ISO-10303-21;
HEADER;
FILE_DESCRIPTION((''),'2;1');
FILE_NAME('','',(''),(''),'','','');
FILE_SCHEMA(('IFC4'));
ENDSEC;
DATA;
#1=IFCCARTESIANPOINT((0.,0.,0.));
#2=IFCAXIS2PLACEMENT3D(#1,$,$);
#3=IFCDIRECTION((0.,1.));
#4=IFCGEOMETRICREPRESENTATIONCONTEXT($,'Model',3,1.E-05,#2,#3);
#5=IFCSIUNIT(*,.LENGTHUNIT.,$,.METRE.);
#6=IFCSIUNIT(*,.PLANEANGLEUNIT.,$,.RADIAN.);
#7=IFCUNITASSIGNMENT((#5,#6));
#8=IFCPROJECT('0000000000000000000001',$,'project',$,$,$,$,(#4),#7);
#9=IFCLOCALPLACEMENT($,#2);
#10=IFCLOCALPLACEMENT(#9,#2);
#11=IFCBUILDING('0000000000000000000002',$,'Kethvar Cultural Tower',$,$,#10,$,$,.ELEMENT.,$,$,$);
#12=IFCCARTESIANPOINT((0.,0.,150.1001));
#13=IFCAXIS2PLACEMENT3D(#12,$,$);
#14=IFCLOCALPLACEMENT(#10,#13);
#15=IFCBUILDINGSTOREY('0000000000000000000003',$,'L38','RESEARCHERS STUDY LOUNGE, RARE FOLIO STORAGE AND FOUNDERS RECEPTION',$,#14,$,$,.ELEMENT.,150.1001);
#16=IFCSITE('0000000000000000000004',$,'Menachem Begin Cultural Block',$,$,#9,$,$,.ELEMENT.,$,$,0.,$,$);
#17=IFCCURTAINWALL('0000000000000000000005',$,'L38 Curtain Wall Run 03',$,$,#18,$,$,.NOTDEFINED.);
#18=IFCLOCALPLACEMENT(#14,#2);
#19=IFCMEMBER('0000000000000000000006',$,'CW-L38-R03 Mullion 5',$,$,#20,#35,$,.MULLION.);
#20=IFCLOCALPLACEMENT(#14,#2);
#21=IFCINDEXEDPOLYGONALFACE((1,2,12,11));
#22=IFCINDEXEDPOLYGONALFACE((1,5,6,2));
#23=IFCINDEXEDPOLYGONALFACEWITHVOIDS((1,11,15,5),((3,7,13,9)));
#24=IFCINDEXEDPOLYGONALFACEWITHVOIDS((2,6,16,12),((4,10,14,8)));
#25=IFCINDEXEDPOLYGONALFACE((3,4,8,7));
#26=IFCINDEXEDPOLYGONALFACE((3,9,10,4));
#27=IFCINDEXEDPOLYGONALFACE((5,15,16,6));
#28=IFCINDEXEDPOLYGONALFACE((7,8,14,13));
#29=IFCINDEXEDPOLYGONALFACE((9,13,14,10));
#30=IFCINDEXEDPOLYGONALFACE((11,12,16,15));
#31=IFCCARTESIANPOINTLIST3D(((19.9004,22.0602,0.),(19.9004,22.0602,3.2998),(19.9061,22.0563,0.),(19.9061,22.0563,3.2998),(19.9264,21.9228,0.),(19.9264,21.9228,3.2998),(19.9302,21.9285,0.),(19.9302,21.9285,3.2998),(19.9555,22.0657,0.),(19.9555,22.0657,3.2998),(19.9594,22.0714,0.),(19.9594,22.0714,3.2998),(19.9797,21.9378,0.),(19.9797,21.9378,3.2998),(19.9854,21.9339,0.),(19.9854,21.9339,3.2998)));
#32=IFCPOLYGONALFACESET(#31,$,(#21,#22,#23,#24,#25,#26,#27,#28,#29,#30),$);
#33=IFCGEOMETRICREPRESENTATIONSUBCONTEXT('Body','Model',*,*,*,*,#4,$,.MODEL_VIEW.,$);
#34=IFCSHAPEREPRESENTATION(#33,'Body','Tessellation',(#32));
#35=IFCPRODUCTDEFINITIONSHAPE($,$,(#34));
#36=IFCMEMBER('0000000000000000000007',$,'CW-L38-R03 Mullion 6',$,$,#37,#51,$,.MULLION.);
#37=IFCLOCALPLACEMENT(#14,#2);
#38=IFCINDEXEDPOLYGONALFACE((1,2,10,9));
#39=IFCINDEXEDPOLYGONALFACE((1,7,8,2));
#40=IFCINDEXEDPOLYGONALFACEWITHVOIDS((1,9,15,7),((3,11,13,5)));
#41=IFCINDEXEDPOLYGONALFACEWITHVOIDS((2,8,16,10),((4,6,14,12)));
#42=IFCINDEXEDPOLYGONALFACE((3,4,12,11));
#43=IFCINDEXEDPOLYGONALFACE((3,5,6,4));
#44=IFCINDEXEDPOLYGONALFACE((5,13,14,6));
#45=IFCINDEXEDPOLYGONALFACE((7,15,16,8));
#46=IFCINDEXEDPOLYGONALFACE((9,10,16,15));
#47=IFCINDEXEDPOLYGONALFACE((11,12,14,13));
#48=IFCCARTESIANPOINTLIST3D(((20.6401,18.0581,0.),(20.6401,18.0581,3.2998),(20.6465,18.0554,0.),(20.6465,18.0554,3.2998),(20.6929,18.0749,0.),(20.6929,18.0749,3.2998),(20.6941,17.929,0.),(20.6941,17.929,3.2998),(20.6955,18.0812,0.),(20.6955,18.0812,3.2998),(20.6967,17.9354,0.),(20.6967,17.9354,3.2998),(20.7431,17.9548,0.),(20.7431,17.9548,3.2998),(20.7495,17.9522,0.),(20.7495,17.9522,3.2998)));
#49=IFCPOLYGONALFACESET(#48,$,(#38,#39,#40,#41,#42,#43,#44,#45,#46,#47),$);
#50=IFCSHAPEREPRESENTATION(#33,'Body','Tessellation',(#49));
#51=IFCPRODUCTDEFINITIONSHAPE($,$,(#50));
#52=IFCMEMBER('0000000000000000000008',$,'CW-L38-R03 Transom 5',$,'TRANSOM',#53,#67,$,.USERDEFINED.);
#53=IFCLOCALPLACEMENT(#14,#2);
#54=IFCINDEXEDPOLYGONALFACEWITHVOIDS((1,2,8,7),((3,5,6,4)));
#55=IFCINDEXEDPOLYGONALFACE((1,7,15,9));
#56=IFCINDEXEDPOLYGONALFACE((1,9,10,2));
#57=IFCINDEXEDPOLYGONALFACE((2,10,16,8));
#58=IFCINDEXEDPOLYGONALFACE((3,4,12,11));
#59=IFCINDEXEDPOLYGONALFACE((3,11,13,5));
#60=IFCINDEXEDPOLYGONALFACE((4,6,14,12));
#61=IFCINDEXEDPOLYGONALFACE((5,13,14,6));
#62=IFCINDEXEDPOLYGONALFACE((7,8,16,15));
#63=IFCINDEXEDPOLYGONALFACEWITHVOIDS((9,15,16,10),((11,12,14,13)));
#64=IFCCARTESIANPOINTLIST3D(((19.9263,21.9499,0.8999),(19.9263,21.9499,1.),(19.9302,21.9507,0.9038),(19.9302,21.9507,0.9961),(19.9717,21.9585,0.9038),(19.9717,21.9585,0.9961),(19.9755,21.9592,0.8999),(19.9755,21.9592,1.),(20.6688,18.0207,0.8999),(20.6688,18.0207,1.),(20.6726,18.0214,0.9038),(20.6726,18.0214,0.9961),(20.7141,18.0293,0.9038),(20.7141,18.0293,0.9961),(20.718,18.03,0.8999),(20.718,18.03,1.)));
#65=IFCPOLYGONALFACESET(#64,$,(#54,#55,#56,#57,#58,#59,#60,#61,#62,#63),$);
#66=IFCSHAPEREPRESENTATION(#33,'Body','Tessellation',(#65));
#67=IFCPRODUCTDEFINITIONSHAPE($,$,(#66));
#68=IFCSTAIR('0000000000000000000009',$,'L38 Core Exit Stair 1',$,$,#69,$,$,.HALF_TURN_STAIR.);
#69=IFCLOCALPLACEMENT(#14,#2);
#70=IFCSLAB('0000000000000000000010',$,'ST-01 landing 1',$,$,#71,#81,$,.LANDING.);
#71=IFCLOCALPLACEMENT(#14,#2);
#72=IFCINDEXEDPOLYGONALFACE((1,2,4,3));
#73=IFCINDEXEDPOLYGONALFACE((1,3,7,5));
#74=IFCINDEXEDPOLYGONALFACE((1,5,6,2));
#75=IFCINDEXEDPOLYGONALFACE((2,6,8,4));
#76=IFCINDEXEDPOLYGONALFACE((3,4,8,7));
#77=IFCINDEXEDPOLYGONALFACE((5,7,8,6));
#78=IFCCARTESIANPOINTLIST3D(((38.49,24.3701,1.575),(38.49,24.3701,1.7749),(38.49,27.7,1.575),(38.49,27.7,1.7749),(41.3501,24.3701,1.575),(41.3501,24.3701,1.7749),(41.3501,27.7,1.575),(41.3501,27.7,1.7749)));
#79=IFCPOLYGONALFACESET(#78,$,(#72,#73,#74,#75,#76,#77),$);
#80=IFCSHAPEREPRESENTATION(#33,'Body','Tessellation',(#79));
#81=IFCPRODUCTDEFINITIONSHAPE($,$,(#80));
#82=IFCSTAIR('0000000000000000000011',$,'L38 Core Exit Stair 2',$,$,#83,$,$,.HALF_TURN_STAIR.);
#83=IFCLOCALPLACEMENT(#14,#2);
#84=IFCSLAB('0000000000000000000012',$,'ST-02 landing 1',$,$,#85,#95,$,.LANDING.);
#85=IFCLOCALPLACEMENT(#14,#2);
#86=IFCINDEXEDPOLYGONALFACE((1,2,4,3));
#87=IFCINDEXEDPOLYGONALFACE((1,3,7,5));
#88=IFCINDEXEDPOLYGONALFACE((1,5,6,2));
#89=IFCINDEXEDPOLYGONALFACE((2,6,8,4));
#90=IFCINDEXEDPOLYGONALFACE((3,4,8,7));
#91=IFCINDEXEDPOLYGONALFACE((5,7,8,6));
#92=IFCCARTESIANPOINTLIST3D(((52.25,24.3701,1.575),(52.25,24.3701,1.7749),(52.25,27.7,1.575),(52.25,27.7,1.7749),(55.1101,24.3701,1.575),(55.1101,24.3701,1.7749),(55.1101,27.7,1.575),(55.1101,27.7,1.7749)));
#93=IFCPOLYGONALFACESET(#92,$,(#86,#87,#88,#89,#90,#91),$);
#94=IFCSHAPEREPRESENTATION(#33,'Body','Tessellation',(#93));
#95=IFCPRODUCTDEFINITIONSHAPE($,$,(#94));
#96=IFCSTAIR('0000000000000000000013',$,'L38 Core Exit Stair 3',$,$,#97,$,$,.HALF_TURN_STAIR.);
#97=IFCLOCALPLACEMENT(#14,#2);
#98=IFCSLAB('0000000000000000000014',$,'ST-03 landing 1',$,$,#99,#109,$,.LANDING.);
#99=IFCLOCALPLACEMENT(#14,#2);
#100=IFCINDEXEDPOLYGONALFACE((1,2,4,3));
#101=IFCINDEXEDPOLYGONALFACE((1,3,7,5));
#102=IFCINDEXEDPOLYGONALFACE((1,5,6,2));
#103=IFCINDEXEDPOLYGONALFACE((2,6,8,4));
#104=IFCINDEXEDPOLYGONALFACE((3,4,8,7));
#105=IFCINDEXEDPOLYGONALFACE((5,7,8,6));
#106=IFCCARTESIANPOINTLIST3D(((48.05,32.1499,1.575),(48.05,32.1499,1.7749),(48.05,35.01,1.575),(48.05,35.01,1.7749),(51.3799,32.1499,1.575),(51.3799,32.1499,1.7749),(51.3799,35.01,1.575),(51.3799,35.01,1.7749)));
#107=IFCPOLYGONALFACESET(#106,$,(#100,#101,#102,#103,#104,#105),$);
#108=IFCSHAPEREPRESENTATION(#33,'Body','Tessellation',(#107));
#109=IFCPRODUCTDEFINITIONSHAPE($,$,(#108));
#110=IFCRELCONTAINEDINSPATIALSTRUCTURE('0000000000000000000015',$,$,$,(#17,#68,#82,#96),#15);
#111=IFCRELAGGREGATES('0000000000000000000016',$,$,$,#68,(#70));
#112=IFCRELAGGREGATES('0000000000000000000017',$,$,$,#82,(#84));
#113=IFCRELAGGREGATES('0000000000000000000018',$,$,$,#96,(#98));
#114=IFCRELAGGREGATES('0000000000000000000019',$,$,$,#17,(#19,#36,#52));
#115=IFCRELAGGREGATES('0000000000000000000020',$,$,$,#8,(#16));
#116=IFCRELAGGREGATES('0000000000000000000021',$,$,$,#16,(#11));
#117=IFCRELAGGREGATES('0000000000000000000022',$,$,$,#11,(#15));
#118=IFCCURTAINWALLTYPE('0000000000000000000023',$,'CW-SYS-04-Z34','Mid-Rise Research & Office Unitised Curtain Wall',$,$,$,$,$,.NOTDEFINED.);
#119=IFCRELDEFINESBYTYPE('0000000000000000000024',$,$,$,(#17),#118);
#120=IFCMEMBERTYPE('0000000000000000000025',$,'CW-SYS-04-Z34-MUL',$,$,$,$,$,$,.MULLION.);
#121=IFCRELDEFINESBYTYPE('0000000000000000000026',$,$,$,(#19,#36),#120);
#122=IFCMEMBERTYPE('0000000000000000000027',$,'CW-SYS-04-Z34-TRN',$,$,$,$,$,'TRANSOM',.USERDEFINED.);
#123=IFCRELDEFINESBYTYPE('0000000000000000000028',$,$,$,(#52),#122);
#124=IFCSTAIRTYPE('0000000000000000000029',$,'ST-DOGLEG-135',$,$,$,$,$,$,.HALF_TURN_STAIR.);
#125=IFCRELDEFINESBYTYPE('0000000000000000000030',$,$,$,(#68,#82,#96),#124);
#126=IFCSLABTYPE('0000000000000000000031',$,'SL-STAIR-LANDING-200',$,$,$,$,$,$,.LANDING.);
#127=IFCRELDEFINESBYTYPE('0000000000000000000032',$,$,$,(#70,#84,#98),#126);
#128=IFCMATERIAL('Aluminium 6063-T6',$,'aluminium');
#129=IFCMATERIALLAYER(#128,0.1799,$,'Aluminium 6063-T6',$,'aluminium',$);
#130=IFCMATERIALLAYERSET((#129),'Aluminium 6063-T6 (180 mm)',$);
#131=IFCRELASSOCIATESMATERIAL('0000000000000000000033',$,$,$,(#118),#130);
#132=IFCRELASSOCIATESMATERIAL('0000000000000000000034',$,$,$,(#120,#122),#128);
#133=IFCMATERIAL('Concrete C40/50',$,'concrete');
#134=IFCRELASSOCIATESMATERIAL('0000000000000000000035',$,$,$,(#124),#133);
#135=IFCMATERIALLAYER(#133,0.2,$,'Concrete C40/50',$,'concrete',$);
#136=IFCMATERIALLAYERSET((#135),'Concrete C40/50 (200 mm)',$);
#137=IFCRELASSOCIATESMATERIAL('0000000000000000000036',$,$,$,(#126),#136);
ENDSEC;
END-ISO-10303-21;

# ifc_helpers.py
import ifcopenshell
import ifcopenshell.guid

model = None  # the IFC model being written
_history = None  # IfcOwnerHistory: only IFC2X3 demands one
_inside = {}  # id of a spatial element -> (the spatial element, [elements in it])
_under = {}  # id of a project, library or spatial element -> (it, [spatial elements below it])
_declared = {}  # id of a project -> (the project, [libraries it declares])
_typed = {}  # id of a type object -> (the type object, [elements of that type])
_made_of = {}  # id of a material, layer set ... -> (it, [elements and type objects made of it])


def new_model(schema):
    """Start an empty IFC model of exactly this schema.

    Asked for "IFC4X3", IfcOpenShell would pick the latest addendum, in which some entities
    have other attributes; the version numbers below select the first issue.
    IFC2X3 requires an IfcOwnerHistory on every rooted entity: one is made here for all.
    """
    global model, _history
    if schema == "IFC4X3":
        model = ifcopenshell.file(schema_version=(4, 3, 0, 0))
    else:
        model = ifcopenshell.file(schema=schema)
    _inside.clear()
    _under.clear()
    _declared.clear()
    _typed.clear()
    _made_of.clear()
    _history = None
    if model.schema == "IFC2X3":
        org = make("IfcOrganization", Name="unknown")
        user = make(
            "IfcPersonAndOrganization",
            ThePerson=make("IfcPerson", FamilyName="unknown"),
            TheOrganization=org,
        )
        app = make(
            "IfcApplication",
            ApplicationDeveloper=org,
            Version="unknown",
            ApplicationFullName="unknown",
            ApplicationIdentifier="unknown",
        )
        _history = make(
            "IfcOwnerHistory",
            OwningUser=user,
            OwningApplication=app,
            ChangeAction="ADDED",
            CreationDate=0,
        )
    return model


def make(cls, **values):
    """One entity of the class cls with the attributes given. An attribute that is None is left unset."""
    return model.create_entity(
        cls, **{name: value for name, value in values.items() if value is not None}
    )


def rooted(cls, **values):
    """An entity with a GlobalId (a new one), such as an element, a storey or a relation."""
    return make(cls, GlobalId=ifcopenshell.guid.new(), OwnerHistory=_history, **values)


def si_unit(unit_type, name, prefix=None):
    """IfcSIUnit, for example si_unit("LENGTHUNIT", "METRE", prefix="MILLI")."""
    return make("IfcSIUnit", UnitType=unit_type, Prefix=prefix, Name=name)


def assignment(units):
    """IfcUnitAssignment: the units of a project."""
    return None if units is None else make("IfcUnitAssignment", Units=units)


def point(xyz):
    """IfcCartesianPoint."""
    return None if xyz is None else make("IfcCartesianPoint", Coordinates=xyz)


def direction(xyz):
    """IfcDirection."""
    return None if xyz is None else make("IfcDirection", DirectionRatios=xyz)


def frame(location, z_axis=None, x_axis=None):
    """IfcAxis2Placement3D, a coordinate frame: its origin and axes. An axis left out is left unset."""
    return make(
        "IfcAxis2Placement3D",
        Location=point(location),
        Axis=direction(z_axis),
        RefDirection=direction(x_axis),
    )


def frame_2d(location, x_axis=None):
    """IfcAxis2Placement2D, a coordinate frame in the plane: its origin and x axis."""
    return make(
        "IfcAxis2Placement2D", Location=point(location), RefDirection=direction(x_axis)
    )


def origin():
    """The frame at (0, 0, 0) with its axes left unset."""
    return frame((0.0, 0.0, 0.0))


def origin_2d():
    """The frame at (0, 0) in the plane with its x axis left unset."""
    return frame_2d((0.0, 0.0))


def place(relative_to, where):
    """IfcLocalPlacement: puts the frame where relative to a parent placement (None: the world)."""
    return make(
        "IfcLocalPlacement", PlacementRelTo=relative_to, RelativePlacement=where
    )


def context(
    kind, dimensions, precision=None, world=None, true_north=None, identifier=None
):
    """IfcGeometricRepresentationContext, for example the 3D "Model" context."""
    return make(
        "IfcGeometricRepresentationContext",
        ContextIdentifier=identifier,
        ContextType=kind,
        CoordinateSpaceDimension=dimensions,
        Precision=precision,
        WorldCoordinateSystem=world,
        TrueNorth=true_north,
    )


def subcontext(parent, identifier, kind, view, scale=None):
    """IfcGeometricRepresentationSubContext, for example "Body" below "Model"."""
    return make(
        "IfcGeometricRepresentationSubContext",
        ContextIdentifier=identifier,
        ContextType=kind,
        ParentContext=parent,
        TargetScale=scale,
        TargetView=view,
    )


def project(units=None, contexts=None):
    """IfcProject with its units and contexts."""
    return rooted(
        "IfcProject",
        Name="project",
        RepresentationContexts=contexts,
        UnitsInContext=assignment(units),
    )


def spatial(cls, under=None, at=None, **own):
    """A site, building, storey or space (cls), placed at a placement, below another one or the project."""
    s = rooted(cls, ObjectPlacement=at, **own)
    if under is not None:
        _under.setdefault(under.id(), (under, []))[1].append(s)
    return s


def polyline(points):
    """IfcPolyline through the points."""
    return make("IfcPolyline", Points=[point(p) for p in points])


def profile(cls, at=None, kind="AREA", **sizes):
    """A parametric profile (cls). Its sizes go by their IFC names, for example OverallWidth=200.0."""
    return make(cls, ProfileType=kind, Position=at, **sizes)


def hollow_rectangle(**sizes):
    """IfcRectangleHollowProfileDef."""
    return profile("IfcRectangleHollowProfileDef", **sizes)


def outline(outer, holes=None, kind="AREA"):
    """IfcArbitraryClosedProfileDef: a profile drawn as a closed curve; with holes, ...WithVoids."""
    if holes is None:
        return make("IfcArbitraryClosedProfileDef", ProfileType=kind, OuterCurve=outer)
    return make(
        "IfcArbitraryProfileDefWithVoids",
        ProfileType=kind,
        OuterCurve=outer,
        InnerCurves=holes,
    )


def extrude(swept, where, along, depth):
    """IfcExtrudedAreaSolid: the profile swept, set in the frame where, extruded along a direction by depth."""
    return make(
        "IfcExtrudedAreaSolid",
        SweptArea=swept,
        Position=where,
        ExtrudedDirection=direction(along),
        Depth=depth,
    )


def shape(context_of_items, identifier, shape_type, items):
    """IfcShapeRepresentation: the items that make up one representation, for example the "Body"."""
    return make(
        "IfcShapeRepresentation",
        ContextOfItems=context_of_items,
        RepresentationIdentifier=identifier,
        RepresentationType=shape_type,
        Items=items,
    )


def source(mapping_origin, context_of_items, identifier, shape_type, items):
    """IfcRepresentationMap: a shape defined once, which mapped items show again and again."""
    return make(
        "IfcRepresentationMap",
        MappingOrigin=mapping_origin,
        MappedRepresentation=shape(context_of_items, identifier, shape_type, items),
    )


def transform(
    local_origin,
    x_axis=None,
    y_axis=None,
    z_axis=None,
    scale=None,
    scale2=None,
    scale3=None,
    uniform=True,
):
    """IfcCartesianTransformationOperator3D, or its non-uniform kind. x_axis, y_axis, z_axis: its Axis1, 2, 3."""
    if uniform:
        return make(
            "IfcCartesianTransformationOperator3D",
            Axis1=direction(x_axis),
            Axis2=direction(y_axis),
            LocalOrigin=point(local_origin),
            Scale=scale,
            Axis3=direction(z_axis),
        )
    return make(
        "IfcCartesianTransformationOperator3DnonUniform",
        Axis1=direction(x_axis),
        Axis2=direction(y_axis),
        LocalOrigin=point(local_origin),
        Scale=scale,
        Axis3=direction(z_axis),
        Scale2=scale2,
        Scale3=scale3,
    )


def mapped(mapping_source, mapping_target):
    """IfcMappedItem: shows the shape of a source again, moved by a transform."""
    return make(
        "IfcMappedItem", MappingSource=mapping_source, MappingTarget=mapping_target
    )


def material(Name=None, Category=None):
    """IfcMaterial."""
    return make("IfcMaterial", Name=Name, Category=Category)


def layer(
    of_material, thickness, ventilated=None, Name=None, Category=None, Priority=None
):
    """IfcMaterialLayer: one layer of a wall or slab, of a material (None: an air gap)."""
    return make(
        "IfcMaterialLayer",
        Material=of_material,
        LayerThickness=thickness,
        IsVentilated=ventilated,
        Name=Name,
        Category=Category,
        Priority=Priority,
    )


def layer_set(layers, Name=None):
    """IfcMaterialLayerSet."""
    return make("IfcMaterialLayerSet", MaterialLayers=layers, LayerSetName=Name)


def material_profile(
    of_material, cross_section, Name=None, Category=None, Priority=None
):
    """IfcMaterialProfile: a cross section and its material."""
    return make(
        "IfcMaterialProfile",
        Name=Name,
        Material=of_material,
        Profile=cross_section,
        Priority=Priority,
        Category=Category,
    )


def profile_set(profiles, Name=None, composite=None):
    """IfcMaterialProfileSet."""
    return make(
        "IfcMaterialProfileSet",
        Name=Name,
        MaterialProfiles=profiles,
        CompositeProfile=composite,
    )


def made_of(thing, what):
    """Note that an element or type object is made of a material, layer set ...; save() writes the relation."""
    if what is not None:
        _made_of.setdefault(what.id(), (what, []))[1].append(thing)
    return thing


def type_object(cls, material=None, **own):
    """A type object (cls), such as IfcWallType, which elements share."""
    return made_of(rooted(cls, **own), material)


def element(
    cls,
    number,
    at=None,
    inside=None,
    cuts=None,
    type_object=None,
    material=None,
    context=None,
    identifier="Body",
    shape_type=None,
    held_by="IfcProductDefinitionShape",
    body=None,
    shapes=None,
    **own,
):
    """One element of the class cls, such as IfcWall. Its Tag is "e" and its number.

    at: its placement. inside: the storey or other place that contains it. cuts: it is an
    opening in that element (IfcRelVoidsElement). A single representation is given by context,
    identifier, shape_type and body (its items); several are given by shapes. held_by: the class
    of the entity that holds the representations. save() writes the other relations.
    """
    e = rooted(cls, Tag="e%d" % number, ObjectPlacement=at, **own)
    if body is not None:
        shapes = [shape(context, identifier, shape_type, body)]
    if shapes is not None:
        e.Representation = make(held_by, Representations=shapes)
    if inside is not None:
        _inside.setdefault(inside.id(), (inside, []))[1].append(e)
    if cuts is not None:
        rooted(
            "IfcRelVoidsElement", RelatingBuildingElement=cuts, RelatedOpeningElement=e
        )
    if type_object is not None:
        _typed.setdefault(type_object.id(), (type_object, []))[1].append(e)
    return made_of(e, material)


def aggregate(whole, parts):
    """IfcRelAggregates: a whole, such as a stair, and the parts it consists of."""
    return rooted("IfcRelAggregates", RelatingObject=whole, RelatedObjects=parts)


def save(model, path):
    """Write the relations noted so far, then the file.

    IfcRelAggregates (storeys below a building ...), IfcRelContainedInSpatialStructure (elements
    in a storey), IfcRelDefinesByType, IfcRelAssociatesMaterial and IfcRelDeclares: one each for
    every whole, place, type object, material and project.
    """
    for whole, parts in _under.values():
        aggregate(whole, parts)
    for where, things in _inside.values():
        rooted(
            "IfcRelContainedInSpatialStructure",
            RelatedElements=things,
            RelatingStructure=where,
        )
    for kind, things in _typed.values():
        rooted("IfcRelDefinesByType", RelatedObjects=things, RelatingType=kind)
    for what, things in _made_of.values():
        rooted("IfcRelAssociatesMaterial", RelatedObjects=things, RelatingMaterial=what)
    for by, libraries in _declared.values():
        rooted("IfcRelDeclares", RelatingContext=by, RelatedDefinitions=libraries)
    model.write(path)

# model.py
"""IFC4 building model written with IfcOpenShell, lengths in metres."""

from ifc_helpers import new_model, si_unit, direction, frame, origin, origin_2d, place, context, subcontext, project, spatial, polyline, hollow_rectangle, outline, extrude, source, transform, mapped, material, layer, layer_set, material_profile, profile_set, type_object, element, aggregate, save


model = new_model("IFC4")

# Units and contexts
model_context = context("Model", 3, precision=1e-05, world=origin(), true_north=direction((0.0, 1.0)))
body_context = subcontext(model_context, "Body", "Model", "MODEL_VIEW")
ifc_project = project(units=[si_unit("LENGTHUNIT", "METRE"), si_unit("PLANEANGLEUNIT", "RADIAN")], contexts=[model_context])

# Site, building, storey
site_placement = place(None, origin())
site = spatial("IfcSite", under=ifc_project, at=site_placement, Name="Menachem Begin Cultural Block", CompositionType="ELEMENT", RefElevation=0.0)
building_placement = place(site_placement, origin())
building = spatial("IfcBuilding", under=site, at=building_placement, Name="Kethvar Cultural Tower", CompositionType="ELEMENT")
storey_placement = place(building_placement, frame((0.0, 0.0, 150.1001)))
storey = spatial("IfcBuildingStorey", under=building, at=storey_placement, Name="L38", Description="RESEARCHERS STUDY LOUNGE, RARE FOLIO STORAGE AND FOUNDERS RECEPTION", CompositionType="ELEMENT", Elevation=150.1001)

# Curtain wall, members
ifc_material_1 = material(Name="Aluminium 6063-T6", Category="aluminium")
ifc_layer_1 = layer(ifc_material_1, 0.1799, Name="Aluminium 6063-T6", Category="aluminium")
ifc_layer_set_1 = layer_set([ifc_layer_1], Name="Aluminium 6063-T6 (180 mm)")
curtain_wall_type = type_object("IfcCurtainWallType", Name="CW-SYS-04-Z34", Description="Mid-Rise Research & Office Unitised Curtain Wall", PredefinedType="NOTDEFINED", material=ifc_layer_set_1)
curtain_wall_placement = place(storey_placement, origin())
curtain_wall = element("IfcCurtainWall", 1, at=curtain_wall_placement, inside=storey, type_object=curtain_wall_type, Name="L38 Curtain Wall Run 03", PredefinedType="NOTDEFINED")
ifc_material_profile_1 = material_profile(ifc_material_1, hollow_rectangle(XDim=0.0601, YDim=0.1399, WallThickness=0.0049, at=origin_2d()), Name="Aluminium 6063-T6 — RHS140x60x5")
ifc_profile_set_1 = profile_set([ifc_material_profile_1], Name="Aluminium 6063-T6 — RHS140x60x5")
member_type_1 = type_object("IfcMemberType", Name="CW-SYS-04-Z34-MUL", PredefinedType="MULLION", material=ifc_profile_set_1)
shared_shape_1 = source(origin(), body_context, "Body", "SweptSolid", [
    extrude(hollow_rectangle(XDim=0.0601, YDim=0.1399, WallThickness=0.0049, at=origin_2d()), origin(), (0.0, 0.0, 1.0), 3.2998),
])
member_1_placement = place(storey_placement, frame((19.9429, 21.9971, 0.0), z_axis=(0.0, 0.0, 1.0), x_axis=(0.982613, 0.185667, 0.0)))
member_1 = element("IfcMember", 2, at=member_1_placement, type_object=member_type_1, Name="CW-L38-R03 Mullion 5", PredefinedType="MULLION", context=body_context, shape_type="MappedRepresentation", body=[
    mapped(shared_shape_1, transform((0.0, 0.0, 0.0), scale=1.0)),
])
member_2_placement = place(storey_placement, frame((20.6948, 18.0051, 0.0), z_axis=(0.0, 0.0, 1.0), x_axis=(0.922484, 0.386035, 0.0)))
member_2 = element("IfcMember", 3, at=member_2_placement, type_object=member_type_1, Name="CW-L38-R03 Mullion 6", PredefinedType="MULLION", context=body_context, shape_type="MappedRepresentation", body=[
    mapped(shared_shape_1, transform((0.0, 0.0, 0.0), scale=1.0)),
])
ifc_material_profile_2 = material_profile(ifc_material_1, hollow_rectangle(XDim=0.05, YDim=0.1001, WallThickness=0.0039, at=origin_2d()), Name="Aluminium 6063-T6 — RHS100x50x4")
ifc_profile_set_2 = profile_set([ifc_material_profile_2], Name="Aluminium 6063-T6 — RHS100x50x4")
member_type_2 = type_object("IfcMemberType", Name="CW-SYS-04-Z34-TRN", ElementType="TRANSOM", PredefinedType="USERDEFINED", material=ifc_profile_set_2)
shared_shape_2 = source(origin(), body_context, "Body", "SweptSolid", [
    extrude(hollow_rectangle(XDim=0.05, YDim=0.1001, WallThickness=0.0039, at=origin_2d()), origin(), (0.0, 0.0, 1.0), 3.9988),
])
member_3_placement = place(storey_placement, frame((19.9509, 21.9546, 0.95), z_axis=(0.185667, -0.982613, 0.0), x_axis=(0.982613, 0.185667, 0.0)))
member_3 = element("IfcMember", 4, at=member_3_placement, type_object=member_type_2, Name="CW-L38-R03 Transom 5", ObjectType="TRANSOM", PredefinedType="USERDEFINED", context=body_context, shape_type="MappedRepresentation", body=[
    mapped(shared_shape_2, transform((0.0, 0.0, 0.0), scale=1.0)),
])

# Stairs, slabs
ifc_material_2 = material(Name="Concrete C40/50", Category="concrete")
stair_type = type_object("IfcStairType", Name="ST-DOGLEG-135", PredefinedType="HALF_TURN_STAIR", material=ifc_material_2)
stair_1_placement = place(storey_placement, origin())
stair_1 = element("IfcStair", 5, at=stair_1_placement, inside=storey, type_object=stair_type, Name="L38 Core Exit Stair 1", PredefinedType="HALF_TURN_STAIR")
ifc_layer_2 = layer(ifc_material_2, 0.2, Name="Concrete C40/50", Category="concrete")
ifc_layer_set_2 = layer_set([ifc_layer_2], Name="Concrete C40/50 (200 mm)")
slab_type_1 = type_object("IfcSlabType", Name="SL-STAIR-LANDING-200", PredefinedType="LANDING", material=ifc_layer_set_2)
slab_1_placement = place(storey_placement, frame((0.0, 0.0, 1.575)))
slab_1 = element("IfcSlab", 6, at=slab_1_placement, type_object=slab_type_1, Name="ST-01 landing 1", PredefinedType="LANDING", context=body_context, shape_type="SweptSolid", body=[
    extrude(outline(polyline([(41.3501, 24.3701), (41.3501, 27.7), (38.49, 27.7), (38.49, 24.3701), (41.3501, 24.3701)])), origin(), (0.0, 0.0, 1.0), 0.2),
])
aggregate(stair_1, [slab_1])
stair_2_placement = place(storey_placement, origin())
stair_2 = element("IfcStair", 7, at=stair_2_placement, inside=storey, type_object=stair_type, Name="L38 Core Exit Stair 2", PredefinedType="HALF_TURN_STAIR")
slab_2_placement = place(storey_placement, frame((0.0, 0.0, 1.575)))
slab_2 = element("IfcSlab", 8, at=slab_2_placement, type_object=slab_type_1, Name="ST-02 landing 1", PredefinedType="LANDING", context=body_context, shape_type="SweptSolid", body=[
    extrude(outline(polyline([(55.1101, 24.3701), (55.1101, 27.7), (52.25, 27.7), (52.25, 24.3701), (55.1101, 24.3701)])), origin(), (0.0, 0.0, 1.0), 0.2),
])
aggregate(stair_2, [slab_2])
stair_3_placement = place(storey_placement, origin())
stair_3 = element("IfcStair", 9, at=stair_3_placement, inside=storey, type_object=stair_type, Name="L38 Core Exit Stair 3", PredefinedType="HALF_TURN_STAIR")
slab_3_placement = place(storey_placement, frame((0.0, 0.0, 1.575)))
slab_3 = element("IfcSlab", 10, at=slab_3_placement, type_object=slab_type_1, Name="ST-03 landing 1", PredefinedType="LANDING", context=body_context, shape_type="SweptSolid", body=[
    extrude(outline(polyline([(51.3799, 35.01), (48.05, 35.01), (48.05, 32.1499), (51.3799, 32.1499), (51.3799, 35.01)])), origin(), (0.0, 0.0, 1.0), 0.2),
])
aggregate(stair_3, [slab_3])

aggregate(curtain_wall, [member_1, member_2, member_3])

save(model, "model.ifc")
